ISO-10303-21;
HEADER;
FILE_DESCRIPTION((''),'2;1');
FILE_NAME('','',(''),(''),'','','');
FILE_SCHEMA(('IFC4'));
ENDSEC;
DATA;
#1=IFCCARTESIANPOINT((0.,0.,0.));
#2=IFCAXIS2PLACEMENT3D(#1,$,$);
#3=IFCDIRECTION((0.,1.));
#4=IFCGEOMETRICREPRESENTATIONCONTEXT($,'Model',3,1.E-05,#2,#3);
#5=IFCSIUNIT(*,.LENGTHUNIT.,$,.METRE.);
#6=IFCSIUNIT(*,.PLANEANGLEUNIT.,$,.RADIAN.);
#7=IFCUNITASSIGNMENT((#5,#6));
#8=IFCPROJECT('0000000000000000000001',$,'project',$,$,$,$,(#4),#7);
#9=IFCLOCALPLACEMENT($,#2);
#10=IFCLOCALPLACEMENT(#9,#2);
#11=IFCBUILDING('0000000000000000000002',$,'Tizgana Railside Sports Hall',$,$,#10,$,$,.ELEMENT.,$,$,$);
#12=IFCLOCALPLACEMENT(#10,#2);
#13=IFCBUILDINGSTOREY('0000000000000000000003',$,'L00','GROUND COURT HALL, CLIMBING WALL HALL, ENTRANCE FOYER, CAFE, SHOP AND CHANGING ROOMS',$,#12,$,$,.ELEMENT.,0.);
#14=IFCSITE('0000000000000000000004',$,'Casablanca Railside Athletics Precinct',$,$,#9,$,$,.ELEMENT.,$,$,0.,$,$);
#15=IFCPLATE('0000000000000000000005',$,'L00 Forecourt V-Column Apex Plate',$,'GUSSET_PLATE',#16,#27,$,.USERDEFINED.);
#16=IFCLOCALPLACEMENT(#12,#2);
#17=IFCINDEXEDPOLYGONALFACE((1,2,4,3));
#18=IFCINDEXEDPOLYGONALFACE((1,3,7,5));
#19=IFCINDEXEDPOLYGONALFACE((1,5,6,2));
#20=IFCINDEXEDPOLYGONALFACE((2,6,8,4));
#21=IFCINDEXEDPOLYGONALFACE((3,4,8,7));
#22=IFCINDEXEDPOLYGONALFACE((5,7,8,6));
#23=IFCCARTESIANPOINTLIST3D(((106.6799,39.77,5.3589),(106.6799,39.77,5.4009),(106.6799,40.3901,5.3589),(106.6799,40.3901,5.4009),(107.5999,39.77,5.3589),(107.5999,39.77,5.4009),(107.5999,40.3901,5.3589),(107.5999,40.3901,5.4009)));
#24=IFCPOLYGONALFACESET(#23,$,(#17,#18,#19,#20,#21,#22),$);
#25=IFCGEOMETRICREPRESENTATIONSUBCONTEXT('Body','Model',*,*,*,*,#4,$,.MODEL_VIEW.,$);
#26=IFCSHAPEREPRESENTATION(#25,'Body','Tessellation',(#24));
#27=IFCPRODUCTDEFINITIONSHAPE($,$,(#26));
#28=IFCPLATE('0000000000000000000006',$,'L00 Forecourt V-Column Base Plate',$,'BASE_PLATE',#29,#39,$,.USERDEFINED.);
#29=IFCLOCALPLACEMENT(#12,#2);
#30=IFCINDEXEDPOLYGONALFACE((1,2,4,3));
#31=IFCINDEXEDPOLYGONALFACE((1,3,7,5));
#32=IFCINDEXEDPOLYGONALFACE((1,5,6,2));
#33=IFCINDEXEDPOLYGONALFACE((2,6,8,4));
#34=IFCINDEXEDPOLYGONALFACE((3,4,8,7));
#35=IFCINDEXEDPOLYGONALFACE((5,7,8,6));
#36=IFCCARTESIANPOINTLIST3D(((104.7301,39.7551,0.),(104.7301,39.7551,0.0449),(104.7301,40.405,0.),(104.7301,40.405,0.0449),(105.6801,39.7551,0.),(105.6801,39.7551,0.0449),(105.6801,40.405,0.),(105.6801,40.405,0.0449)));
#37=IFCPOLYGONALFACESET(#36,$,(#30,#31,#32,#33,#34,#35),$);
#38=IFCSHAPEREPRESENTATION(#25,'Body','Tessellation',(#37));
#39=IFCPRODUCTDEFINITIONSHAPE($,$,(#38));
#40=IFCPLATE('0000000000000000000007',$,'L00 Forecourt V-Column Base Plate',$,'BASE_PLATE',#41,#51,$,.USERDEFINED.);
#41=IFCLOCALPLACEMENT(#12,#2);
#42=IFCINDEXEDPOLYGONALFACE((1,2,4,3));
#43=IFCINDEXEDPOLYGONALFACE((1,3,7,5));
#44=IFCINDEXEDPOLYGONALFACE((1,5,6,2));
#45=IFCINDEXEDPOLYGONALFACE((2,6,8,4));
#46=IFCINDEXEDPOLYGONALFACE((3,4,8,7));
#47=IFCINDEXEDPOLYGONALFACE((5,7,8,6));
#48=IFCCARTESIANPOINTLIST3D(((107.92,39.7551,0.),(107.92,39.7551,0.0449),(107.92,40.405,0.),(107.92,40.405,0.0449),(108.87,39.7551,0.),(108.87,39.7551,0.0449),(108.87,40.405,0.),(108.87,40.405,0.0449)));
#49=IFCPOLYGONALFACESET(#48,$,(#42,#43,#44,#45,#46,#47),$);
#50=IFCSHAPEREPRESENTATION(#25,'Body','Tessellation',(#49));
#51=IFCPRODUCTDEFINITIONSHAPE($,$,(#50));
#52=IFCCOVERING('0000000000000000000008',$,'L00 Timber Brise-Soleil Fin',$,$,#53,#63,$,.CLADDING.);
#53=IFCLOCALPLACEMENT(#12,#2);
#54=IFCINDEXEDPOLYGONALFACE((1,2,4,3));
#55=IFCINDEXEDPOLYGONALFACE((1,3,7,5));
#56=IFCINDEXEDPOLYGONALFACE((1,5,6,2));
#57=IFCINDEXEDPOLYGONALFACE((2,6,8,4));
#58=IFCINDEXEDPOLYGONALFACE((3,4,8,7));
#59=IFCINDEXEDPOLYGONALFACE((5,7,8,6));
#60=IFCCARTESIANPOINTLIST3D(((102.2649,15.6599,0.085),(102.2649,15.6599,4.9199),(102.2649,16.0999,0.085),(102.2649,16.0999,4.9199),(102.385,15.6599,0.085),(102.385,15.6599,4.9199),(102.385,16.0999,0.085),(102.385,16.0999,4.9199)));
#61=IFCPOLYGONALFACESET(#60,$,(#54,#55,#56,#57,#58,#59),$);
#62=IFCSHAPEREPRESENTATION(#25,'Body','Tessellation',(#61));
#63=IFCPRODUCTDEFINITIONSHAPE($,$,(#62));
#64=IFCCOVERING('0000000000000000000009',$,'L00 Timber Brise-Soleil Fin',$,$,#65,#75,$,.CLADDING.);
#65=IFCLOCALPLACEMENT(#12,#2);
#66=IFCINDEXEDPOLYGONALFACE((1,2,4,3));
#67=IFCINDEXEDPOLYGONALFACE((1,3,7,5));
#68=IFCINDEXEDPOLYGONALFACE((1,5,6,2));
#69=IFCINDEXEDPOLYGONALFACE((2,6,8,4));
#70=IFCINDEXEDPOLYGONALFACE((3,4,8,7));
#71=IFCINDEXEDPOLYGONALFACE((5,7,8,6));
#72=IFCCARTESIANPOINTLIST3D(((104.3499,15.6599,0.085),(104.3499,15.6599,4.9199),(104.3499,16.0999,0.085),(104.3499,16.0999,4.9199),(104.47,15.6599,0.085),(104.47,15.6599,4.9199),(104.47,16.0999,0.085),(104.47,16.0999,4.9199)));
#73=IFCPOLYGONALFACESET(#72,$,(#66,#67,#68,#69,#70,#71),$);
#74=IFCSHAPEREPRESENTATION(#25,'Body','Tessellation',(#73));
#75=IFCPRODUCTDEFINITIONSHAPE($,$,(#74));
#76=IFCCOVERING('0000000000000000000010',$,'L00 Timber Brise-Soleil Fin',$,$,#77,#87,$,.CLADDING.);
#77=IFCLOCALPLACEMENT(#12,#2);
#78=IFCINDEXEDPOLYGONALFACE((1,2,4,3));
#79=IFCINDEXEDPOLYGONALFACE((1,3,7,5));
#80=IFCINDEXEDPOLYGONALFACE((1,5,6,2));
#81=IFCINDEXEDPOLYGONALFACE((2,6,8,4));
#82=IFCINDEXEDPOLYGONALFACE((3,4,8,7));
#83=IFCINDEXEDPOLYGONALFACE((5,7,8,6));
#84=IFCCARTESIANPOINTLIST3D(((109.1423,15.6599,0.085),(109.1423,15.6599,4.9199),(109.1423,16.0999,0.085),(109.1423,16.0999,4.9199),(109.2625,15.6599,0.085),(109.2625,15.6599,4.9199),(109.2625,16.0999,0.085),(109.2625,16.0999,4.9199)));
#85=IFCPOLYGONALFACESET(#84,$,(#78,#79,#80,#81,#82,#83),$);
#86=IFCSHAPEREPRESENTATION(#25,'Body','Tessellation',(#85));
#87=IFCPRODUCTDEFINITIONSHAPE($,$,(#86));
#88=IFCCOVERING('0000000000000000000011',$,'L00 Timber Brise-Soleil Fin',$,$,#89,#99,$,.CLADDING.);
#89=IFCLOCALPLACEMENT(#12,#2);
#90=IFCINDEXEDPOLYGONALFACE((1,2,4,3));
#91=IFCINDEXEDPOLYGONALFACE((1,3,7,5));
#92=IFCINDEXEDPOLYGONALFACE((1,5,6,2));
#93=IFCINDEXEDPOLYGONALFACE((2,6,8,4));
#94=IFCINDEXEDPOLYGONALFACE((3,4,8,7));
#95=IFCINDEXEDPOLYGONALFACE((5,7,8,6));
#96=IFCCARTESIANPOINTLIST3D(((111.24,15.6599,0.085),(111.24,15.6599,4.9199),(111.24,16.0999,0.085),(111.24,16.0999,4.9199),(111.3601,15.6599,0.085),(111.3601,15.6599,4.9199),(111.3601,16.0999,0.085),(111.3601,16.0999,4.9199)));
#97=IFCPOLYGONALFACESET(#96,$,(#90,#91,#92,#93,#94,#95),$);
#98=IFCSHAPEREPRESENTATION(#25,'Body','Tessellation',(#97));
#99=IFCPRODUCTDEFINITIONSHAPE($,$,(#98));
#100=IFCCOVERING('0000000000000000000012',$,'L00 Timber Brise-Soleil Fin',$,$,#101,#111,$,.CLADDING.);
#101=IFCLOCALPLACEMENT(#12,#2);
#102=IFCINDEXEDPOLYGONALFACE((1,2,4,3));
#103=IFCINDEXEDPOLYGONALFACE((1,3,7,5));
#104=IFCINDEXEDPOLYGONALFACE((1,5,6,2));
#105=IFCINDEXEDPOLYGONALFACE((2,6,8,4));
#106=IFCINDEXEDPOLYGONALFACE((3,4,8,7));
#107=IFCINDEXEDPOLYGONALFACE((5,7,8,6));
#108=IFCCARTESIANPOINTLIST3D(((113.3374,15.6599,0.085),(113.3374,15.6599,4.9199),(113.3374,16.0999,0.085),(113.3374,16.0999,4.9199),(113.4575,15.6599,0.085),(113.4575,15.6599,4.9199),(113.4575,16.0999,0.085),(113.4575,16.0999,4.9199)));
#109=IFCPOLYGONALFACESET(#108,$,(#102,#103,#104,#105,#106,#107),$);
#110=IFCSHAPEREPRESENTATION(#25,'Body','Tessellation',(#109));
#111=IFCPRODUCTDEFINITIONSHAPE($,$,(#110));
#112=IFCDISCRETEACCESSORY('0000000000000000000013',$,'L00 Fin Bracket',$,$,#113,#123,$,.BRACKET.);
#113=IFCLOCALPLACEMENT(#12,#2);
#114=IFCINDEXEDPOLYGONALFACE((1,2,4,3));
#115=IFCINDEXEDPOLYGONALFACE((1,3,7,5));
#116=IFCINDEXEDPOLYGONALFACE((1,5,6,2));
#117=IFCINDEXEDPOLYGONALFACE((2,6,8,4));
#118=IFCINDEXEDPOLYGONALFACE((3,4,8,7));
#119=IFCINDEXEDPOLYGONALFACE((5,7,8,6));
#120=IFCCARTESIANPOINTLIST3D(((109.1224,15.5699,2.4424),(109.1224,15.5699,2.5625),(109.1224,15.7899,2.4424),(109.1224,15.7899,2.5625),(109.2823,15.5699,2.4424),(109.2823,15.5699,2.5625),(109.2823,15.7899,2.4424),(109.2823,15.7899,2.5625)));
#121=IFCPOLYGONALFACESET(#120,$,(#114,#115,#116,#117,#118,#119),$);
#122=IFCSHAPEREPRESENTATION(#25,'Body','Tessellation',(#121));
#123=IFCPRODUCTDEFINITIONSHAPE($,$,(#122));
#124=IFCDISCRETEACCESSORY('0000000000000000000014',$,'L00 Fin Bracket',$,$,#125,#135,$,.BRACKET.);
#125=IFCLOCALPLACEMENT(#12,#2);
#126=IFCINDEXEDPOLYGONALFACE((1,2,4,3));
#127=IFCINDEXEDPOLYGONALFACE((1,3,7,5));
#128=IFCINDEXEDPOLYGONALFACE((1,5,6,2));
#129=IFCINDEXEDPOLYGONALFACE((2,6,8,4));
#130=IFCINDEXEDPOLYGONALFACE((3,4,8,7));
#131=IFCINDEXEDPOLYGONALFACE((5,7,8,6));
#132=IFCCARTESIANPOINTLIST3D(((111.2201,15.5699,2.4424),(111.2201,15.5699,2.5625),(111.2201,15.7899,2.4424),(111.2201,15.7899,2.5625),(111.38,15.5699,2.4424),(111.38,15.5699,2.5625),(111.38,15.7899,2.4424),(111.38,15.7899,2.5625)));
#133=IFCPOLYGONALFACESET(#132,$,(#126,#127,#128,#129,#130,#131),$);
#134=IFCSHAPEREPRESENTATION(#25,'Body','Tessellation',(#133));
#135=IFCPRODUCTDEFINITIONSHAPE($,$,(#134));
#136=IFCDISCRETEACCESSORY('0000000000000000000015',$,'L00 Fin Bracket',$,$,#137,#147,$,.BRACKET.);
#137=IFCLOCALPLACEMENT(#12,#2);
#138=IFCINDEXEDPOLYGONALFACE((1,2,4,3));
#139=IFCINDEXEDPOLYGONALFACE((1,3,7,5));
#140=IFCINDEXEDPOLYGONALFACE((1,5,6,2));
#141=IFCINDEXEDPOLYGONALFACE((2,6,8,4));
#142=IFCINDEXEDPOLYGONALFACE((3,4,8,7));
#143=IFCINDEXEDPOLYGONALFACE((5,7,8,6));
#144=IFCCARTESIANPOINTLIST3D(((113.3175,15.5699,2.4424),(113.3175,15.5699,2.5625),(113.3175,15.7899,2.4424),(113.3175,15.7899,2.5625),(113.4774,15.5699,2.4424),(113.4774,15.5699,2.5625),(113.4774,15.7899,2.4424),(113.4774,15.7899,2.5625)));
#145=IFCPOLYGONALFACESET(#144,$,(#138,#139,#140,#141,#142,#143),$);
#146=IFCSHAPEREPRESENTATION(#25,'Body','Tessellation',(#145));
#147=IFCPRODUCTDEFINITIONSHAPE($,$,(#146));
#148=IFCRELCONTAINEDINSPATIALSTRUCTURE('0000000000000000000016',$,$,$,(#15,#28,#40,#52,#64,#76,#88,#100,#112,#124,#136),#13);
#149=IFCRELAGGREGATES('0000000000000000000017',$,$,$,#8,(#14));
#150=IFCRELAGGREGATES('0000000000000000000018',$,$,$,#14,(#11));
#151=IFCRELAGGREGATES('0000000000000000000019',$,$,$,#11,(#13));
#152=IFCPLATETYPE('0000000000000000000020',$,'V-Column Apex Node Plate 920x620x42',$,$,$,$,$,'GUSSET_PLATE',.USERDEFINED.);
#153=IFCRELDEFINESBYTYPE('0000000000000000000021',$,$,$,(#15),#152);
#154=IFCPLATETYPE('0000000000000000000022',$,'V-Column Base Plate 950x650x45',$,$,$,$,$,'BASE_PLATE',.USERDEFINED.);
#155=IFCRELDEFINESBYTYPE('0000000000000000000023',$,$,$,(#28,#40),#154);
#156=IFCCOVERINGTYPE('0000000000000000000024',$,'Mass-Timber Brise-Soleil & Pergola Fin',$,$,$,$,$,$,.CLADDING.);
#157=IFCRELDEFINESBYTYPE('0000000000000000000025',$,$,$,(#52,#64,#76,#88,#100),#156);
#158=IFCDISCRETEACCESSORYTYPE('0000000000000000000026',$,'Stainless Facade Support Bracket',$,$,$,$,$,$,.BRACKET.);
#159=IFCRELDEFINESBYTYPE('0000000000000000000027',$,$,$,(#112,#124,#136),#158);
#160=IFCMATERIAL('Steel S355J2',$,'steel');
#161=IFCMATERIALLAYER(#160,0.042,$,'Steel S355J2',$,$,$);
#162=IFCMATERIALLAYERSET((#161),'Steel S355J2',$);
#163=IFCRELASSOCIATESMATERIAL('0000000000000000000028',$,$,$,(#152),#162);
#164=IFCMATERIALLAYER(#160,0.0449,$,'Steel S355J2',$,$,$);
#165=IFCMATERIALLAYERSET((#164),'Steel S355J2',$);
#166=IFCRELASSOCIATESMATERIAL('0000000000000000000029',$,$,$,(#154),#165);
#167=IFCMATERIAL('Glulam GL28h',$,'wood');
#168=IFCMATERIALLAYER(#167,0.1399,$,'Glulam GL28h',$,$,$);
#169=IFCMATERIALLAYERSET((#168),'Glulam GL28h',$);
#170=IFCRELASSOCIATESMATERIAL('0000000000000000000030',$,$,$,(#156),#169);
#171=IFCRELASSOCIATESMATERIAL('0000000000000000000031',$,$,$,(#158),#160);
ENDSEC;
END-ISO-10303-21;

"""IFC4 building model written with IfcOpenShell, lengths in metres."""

from ifc_helpers import new_model, si_unit, direction, frame, origin, origin_2d, place, context, subcontext, project, spatial, rectangle, extrude, material, layer, layer_set, type_object, element, save


model = new_model("IFC4")

# Units and contexts
model_context = context("Model", 3, precision=1e-05, world=origin(), true_north=direction((0.0, 1.0)))
body_context = subcontext(model_context, "Body", "Model", "MODEL_VIEW")
ifc_project = project(units=[si_unit("LENGTHUNIT", "METRE"), si_unit("PLANEANGLEUNIT", "RADIAN")], contexts=[model_context])

# Site, building, storey
site_placement = place(None, origin())
site = spatial("IfcSite", under=ifc_project, at=site_placement, Name="Casablanca Railside Athletics Precinct", CompositionType="ELEMENT", RefElevation=0.0)
building_placement = place(site_placement, origin())
building = spatial("IfcBuilding", under=site, at=building_placement, Name="Tizgana Railside Sports Hall", CompositionType="ELEMENT")
storey_placement = place(building_placement, origin())
storey = spatial("IfcBuildingStorey", under=building, at=storey_placement, Name="L00", Description="GROUND COURT HALL, CLIMBING WALL HALL, ENTRANCE FOYER, CAFE, SHOP AND CHANGING ROOMS", CompositionType="ELEMENT", Elevation=0.0)

# Shared definitions
ifc_material_1 = material(Name="Steel S355J2", Category="steel")

# Plates
ifc_layer_1 = layer(ifc_material_1, 0.042, Name="Steel S355J2")
ifc_layer_set_1 = layer_set([ifc_layer_1], Name="Steel S355J2")
plate_type_1 = type_object("IfcPlateType", Name="V-Column Apex Node Plate 920x620x42", ElementType="GUSSET_PLATE", PredefinedType="USERDEFINED", material=ifc_layer_set_1)
for number, where, z_axis, x_axis, name in (
    (1, (107.1399, 40.0801, 5.3589), (0.0, 0.0, 1.0), (1.0, 0.0, 0.0), "L00 Forecourt V-Column Apex Plate"),
):
    element("IfcPlate", number, at=place(storey_placement, frame(where, z_axis=z_axis, x_axis=x_axis)), inside=storey, type_object=plate_type_1, Name=name, ObjectType="GUSSET_PLATE", PredefinedType="USERDEFINED", context=body_context, shape_type="SweptSolid", body=[
        extrude(rectangle(XDim=0.9199, YDim=0.6201, at=origin_2d()), origin(), (0.0, 0.0, 1.0), 0.042),
    ])
ifc_layer_2 = layer(ifc_material_1, 0.0449, Name="Steel S355J2")
ifc_layer_set_2 = layer_set([ifc_layer_2], Name="Steel S355J2")
plate_type_2 = type_object("IfcPlateType", Name="V-Column Base Plate 950x650x45", ElementType="BASE_PLATE", PredefinedType="USERDEFINED", material=ifc_layer_set_2)
for number, where, z_axis, x_axis, name in (
    (2, (105.2051, 40.0801, 0.0), (0.0, 0.0, 1.0), (1.0, 0.0, 0.0), "L00 Forecourt V-Column Base Plate"),
    (3, (108.395, 40.0801, 0.0), (0.0, 0.0, 1.0), (1.0, 0.0, 0.0), "L00 Forecourt V-Column Base Plate"),
):
    element("IfcPlate", number, at=place(storey_placement, frame(where, z_axis=z_axis, x_axis=x_axis)), inside=storey, type_object=plate_type_2, Name=name, ObjectType="BASE_PLATE", PredefinedType="USERDEFINED", context=body_context, shape_type="SweptSolid", body=[
        extrude(rectangle(XDim=0.95, YDim=0.6499, at=origin_2d()), origin(), (0.0, 0.0, 1.0), 0.0449),
    ])

# Coverings
ifc_material_2 = material(Name="Glulam GL28h", Category="wood")
ifc_layer_3 = layer(ifc_material_2, 0.1399, Name="Glulam GL28h")
ifc_layer_set_3 = layer_set([ifc_layer_3], Name="Glulam GL28h")
covering_type = type_object("IfcCoveringType", Name="Mass-Timber Brise-Soleil & Pergola Fin", PredefinedType="CLADDING", material=ifc_layer_set_3)
for number, where, z_axis, x_axis, name in (
    (4, (102.325, 15.8799, 0.085), (0.0, 0.0, 1.0), (1.0, 0.0, 0.0), "L00 Timber Brise-Soleil Fin"),
    (5, (104.4099, 15.8799, 0.085), (0.0, 0.0, 1.0), (1.0, 0.0, 0.0), "L00 Timber Brise-Soleil Fin"),
    (6, (109.2024, 15.8799, 0.085), (0.0, 0.0, 1.0), (1.0, 0.0, 0.0), "L00 Timber Brise-Soleil Fin"),
    (7, (111.3, 15.8799, 0.085), (0.0, 0.0, 1.0), (1.0, 0.0, 0.0), "L00 Timber Brise-Soleil Fin"),
    (8, (113.3975, 15.8799, 0.085), (0.0, 0.0, 1.0), (1.0, 0.0, 0.0), "L00 Timber Brise-Soleil Fin"),
):
    element("IfcCovering", number, at=place(storey_placement, frame(where, z_axis=z_axis, x_axis=x_axis)), inside=storey, type_object=covering_type, Name=name, PredefinedType="CLADDING", context=body_context, shape_type="SweptSolid", body=[
        extrude(rectangle(XDim=0.1201, YDim=0.4399, at=origin_2d()), origin(), (0.0, 0.0, 1.0), 4.835),
    ])

# Discrete accessories
discrete_accessory_type = type_object("IfcDiscreteAccessoryType", Name="Stainless Facade Support Bracket", PredefinedType="BRACKET", material=ifc_material_1)
for number, where, z_axis, x_axis, name in (
    (9, (109.2024, 15.6799, 2.4424), (0.0, 0.0, 1.0), (1.0, 0.0, 0.0), "L00 Fin Bracket"),
    (10, (111.3, 15.6799, 2.4424), (0.0, 0.0, 1.0), (1.0, 0.0, 0.0), "L00 Fin Bracket"),
    (11, (113.3975, 15.6799, 2.4424), (0.0, 0.0, 1.0), (1.0, 0.0, 0.0), "L00 Fin Bracket"),
):
    element("IfcDiscreteAccessory", number, at=place(storey_placement, frame(where, z_axis=z_axis, x_axis=x_axis)), inside=storey, type_object=discrete_accessory_type, Name=name, PredefinedType="BRACKET", context=body_context, shape_type="SweptSolid", body=[
        extrude(rectangle(XDim=0.1599, YDim=0.22, at=origin_2d()), origin(), (0.0, 0.0, 1.0), 0.1201),
    ])

save(model, "model.ifc")
